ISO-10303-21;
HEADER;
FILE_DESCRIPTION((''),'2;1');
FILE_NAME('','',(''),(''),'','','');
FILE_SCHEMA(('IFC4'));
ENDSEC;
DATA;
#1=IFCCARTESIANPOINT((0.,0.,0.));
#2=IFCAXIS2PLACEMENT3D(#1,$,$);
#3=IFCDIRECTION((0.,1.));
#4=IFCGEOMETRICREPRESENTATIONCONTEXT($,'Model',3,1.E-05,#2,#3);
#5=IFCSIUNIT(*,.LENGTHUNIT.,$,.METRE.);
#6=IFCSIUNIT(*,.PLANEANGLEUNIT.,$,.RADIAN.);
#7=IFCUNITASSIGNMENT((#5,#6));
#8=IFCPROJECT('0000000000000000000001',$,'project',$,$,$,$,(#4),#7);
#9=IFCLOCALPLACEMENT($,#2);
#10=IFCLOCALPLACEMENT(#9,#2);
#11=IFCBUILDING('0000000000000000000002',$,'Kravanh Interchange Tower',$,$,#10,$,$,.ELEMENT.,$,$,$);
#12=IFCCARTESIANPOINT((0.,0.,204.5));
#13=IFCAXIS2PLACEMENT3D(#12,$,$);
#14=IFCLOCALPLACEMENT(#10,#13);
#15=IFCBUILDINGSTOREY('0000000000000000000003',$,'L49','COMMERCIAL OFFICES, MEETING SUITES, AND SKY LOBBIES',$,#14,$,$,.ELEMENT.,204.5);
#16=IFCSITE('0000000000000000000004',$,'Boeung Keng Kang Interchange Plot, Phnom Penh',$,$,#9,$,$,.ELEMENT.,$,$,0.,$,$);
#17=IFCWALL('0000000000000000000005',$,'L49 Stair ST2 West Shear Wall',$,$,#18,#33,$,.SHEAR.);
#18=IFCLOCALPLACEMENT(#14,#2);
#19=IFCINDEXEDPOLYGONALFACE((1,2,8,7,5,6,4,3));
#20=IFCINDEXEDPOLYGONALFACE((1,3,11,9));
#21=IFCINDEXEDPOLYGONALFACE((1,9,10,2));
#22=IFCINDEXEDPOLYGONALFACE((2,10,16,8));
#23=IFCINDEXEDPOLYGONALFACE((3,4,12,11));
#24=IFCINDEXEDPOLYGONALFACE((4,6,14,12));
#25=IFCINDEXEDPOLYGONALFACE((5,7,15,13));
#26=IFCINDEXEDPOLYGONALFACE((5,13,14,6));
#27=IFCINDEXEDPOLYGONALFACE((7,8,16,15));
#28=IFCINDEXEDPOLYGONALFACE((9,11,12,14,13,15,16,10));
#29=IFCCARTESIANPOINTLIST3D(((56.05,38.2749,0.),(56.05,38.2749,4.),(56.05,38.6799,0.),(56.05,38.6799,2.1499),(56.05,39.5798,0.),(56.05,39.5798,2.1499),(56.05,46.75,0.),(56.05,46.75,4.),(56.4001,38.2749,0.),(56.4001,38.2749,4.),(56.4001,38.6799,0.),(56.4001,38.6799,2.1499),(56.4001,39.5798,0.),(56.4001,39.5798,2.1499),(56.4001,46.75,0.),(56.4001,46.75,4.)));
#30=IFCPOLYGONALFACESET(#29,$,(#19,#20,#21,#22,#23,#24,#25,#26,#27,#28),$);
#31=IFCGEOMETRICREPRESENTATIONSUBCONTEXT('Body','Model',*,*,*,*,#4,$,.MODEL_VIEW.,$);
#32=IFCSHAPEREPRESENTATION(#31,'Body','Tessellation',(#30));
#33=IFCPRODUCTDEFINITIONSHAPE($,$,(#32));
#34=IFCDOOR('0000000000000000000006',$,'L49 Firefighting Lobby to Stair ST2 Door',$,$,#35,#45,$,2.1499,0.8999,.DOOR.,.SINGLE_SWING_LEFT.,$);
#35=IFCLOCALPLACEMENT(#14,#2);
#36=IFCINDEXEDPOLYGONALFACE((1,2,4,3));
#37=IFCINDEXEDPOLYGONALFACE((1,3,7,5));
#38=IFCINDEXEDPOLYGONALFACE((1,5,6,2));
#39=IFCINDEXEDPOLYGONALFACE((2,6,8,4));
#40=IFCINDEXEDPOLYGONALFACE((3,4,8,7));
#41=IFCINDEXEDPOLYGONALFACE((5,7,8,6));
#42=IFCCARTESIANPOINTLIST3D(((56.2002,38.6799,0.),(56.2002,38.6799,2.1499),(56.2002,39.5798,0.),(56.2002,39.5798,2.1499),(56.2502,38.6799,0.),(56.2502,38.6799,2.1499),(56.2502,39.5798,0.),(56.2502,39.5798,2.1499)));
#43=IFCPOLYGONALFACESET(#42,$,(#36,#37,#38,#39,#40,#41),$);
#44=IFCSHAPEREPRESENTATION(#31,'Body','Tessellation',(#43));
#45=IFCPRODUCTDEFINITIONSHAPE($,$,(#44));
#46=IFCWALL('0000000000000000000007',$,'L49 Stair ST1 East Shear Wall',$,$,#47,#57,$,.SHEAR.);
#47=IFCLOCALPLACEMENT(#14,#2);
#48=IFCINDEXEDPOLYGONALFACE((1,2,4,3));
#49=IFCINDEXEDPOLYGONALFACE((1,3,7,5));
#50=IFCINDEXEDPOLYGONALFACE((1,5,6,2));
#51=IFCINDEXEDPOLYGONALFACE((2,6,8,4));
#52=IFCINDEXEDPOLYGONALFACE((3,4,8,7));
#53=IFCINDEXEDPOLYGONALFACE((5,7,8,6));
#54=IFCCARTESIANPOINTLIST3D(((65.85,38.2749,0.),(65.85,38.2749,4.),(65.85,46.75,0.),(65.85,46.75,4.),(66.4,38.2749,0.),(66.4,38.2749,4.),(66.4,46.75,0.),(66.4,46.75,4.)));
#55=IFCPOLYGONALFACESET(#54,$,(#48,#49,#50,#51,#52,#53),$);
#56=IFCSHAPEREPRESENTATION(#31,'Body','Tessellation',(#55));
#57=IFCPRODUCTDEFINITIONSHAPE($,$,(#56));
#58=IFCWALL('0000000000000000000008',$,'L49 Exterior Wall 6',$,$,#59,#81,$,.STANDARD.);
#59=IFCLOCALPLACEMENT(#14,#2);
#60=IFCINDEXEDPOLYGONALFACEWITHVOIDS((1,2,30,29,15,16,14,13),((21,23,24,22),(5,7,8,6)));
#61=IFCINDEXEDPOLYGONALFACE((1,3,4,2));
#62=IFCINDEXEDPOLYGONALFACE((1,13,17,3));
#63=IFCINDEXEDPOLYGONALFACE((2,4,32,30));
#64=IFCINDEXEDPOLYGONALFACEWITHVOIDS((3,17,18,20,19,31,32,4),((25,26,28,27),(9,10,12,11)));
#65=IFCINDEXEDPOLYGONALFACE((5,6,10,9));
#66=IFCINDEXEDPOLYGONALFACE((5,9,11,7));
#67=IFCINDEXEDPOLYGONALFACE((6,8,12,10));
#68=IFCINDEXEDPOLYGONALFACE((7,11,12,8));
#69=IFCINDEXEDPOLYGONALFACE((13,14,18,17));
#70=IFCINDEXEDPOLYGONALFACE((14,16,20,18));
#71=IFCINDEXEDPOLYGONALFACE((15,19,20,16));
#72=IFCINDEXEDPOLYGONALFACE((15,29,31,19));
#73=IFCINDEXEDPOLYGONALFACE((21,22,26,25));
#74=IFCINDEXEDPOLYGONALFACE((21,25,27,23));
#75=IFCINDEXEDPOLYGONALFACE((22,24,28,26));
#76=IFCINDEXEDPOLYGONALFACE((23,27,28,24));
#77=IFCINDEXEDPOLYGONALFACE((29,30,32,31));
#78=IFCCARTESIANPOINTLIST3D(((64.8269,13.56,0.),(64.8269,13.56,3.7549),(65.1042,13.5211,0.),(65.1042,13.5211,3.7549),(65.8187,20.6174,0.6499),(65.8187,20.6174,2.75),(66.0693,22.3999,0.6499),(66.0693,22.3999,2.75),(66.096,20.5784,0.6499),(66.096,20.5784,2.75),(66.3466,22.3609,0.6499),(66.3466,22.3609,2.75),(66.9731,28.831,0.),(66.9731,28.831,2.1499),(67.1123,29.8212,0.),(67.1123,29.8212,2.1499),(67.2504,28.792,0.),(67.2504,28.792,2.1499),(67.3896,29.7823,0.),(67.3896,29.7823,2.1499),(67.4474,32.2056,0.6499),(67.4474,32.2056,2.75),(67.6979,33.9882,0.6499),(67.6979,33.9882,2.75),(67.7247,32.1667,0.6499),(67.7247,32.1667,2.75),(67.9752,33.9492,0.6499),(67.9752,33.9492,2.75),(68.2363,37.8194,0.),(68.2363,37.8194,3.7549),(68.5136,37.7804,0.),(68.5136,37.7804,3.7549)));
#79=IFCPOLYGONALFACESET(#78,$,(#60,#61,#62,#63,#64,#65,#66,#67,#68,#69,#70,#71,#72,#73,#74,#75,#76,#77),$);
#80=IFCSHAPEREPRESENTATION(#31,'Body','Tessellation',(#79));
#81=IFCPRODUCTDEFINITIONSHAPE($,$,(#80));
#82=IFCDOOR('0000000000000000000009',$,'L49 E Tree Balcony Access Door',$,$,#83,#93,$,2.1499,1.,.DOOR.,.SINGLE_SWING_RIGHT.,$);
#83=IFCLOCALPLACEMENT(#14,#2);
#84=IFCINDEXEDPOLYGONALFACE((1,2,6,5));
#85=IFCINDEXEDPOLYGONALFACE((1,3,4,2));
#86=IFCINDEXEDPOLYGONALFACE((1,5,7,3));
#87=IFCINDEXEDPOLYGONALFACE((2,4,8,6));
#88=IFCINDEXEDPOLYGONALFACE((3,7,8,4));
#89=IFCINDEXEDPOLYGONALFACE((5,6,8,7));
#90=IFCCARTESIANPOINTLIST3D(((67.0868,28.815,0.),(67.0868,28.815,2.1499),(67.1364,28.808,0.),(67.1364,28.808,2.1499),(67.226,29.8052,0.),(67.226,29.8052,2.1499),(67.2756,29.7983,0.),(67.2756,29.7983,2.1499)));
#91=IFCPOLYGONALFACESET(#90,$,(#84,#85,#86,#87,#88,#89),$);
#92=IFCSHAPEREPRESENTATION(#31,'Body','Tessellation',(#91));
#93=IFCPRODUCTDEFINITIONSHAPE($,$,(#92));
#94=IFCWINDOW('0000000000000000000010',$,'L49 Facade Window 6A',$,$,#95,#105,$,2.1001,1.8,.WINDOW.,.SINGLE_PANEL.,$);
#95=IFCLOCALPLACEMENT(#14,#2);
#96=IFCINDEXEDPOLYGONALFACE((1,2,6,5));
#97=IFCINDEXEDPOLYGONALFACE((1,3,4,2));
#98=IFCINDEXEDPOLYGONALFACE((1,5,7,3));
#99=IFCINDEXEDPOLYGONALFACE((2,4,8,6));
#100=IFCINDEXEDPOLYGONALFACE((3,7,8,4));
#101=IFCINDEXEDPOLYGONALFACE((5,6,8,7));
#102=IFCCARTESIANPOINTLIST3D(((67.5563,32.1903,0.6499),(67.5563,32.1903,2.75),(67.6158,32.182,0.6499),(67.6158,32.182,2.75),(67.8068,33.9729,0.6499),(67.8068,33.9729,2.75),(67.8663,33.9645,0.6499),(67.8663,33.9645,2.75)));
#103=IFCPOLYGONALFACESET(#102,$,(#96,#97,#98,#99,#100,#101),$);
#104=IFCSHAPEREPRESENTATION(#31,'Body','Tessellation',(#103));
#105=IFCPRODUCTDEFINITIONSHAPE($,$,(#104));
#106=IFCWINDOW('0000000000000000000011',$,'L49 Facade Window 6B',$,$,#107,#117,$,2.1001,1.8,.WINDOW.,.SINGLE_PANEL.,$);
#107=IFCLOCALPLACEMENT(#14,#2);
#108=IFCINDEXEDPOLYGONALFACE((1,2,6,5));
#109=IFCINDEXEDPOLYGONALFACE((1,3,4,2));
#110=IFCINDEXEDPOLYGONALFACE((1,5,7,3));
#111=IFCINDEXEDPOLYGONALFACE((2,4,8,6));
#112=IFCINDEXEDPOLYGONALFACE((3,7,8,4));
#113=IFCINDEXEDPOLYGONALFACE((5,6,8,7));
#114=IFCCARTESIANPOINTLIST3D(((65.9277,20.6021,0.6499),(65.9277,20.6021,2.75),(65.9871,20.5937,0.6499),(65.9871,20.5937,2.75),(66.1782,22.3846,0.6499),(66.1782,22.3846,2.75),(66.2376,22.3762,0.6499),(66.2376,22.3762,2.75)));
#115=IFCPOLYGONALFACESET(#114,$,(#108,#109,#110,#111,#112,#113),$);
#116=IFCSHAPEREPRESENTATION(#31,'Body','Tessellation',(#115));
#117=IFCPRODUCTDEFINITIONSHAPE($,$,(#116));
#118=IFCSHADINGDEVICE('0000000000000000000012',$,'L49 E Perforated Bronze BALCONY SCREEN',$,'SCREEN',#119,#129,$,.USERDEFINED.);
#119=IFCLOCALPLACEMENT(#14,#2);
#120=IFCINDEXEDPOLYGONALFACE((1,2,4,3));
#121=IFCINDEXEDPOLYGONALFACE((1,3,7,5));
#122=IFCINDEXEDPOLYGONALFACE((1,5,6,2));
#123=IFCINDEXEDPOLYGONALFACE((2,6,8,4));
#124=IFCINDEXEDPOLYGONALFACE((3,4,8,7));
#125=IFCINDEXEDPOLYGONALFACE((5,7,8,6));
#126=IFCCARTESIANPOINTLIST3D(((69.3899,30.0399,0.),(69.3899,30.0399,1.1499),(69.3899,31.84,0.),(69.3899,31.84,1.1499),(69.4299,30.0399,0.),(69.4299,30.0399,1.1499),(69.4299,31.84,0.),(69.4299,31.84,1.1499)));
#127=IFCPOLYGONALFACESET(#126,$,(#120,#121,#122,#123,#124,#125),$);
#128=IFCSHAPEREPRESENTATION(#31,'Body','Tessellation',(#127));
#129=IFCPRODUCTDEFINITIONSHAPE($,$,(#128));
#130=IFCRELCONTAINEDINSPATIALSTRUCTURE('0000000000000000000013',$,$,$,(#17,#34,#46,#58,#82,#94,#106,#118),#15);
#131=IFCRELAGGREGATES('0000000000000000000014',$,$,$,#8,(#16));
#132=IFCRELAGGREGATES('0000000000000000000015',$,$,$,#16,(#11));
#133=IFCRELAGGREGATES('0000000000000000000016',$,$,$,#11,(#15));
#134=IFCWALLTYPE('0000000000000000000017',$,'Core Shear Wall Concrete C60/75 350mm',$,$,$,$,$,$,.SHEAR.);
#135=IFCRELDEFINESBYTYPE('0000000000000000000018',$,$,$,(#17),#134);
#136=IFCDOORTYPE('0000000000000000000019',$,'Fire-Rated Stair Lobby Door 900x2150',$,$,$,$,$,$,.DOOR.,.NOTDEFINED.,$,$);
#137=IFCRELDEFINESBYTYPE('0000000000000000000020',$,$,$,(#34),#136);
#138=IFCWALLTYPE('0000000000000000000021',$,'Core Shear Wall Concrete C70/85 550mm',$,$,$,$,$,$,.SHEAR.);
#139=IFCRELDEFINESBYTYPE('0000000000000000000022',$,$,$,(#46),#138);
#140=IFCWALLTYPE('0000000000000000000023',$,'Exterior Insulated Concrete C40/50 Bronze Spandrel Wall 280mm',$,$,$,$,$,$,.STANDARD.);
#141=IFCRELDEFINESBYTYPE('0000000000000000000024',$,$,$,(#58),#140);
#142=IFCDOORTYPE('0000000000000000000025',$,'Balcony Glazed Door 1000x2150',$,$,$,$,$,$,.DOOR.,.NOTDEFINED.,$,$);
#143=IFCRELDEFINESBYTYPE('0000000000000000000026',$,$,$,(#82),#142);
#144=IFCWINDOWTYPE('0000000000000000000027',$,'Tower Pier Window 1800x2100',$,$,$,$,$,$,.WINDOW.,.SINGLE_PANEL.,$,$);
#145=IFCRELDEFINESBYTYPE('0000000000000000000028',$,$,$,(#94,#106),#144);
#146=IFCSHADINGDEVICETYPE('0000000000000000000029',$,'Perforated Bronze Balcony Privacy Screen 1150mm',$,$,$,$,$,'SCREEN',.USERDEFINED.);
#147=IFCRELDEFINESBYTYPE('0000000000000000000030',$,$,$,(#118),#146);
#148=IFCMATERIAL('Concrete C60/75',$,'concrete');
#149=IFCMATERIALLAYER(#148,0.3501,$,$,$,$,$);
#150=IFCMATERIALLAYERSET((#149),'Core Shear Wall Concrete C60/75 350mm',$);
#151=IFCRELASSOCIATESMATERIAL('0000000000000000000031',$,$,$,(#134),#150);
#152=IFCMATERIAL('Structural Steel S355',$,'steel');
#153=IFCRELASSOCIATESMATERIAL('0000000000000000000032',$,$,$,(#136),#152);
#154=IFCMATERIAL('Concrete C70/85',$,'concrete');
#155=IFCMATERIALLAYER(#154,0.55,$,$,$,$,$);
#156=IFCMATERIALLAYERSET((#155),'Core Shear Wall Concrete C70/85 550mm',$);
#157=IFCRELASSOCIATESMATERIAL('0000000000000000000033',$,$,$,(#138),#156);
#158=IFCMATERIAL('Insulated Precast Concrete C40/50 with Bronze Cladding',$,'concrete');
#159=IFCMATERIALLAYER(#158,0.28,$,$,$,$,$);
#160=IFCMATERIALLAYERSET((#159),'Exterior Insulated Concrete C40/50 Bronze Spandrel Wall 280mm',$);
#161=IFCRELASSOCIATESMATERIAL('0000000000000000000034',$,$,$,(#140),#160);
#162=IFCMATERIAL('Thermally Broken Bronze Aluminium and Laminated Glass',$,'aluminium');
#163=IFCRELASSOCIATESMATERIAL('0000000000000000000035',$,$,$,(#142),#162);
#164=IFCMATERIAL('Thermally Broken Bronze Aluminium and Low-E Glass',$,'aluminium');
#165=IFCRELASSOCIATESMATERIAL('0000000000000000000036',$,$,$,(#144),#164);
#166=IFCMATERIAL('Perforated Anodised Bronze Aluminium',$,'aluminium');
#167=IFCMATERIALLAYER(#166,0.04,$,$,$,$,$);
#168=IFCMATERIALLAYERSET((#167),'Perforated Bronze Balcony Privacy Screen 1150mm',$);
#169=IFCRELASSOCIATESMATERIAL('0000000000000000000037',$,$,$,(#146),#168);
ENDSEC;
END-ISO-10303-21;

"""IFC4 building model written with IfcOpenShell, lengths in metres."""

from ifc_helpers import new_model, si_unit, direction, frame, frame_2d, origin, origin_2d, place, context, subcontext, project, spatial, rectangle, extrude, material, layer, layer_set, type_object, element, fill, save


model = new_model("IFC4")

# Units and contexts
model_context = context("Model", 3, precision=1e-05, world=origin(), true_north=direction((0.0, 1.0)))
body_context = subcontext(model_context, "Body", "Model", "MODEL_VIEW")
ifc_project = project(units=[si_unit("LENGTHUNIT", "METRE"), si_unit("PLANEANGLEUNIT", "RADIAN")], contexts=[model_context])

# Site, building, storey
site_placement = place(None, origin())
site = spatial("IfcSite", under=ifc_project, at=site_placement, Name="Boeung Keng Kang Interchange Plot, Phnom Penh", CompositionType="ELEMENT", RefElevation=0.0)
building_placement = place(site_placement, origin())
building = spatial("IfcBuilding", under=site, at=building_placement, Name="Kravanh Interchange Tower", CompositionType="ELEMENT")
storey_placement = place(building_placement, frame((0.0, 0.0, 204.5)))
storey = spatial("IfcBuildingStorey", under=building, at=storey_placement, Name="L49", Description="COMMERCIAL OFFICES, MEETING SUITES, AND SKY LOBBIES", CompositionType="ELEMENT", Elevation=204.5)

# Shared definitions
ifc_material_1 = material(Name="Concrete C60/75", Category="concrete")
ifc_layer_1 = layer(ifc_material_1, 0.3501)
ifc_layer_set_1 = layer_set([ifc_layer_1], Name="Core Shear Wall Concrete C60/75 350mm")
wall_type_1 = type_object("IfcWallType", Name="Core Shear Wall Concrete C60/75 350mm", PredefinedType="SHEAR", material=ifc_layer_set_1)

# Wall, opening, door
wall_1_placement = place(storey_placement, frame((56.2251, 38.2749, 0.0), z_axis=(0.0, 0.0, 1.0), x_axis=(0.0, 1.0, 0.0)))
wall_1 = element("IfcWall", 1, at=wall_1_placement, inside=storey, type_object=wall_type_1, Name="L49 Stair ST2 West Shear Wall", PredefinedType="SHEAR", context=body_context, shape_type="SweptSolid", body=[
    extrude(rectangle(XDim=8.4751, YDim=0.3501, at=frame_2d((4.2375, 0.0))), origin(), (0.0, 0.0, 1.0), 4.0),
])
opening_1_placement = place(wall_1_placement, frame((0.405, 0.0, 0.0)))
opening_1 = element("IfcOpeningElement", 2, at=opening_1_placement, cuts=wall_1, PredefinedType="OPENING", context=body_context, shape_type="SweptSolid", body=[
    extrude(rectangle(XDim=0.8999, YDim=2.1499, at=frame_2d((0.45, 1.075))), frame((0.0, 0.1851, 0.0), z_axis=(0.0, -1.0, 0.0), x_axis=(1.0, 0.0, 0.0)), (0.0, 0.0, 1.0), 0.3701),
])
ifc_material_2 = material(Name="Structural Steel S355", Category="steel")
door_type_1 = type_object("IfcDoorType", Name="Fire-Rated Stair Lobby Door 900x2150", OperationType="NOTDEFINED", PredefinedType="DOOR", material=ifc_material_2)
door_1_placement = place(opening_1_placement, origin())
door_1 = element("IfcDoor", 3, at=door_1_placement, inside=storey, type_object=door_type_1, Name="L49 Firefighting Lobby to Stair ST2 Door", OperationType="SINGLE_SWING_LEFT", OverallHeight=2.1499, OverallWidth=0.8999, PredefinedType="DOOR", context=body_context, shape_type="SweptSolid", body=[
    extrude(rectangle(XDim=0.8999, YDim=2.1499, at=frame_2d((0.45, 1.075))), frame((0.0, 0.0249, 0.0), z_axis=(0.0, -1.0, 0.0), x_axis=(1.0, 0.0, 0.0)), (0.0, 0.0, 1.0), 0.05),
])
fill(opening_1, door_1)

# Wall
ifc_material_3 = material(Name="Concrete C70/85", Category="concrete")
ifc_layer_2 = layer(ifc_material_3, 0.55)
ifc_layer_set_2 = layer_set([ifc_layer_2], Name="Core Shear Wall Concrete C70/85 550mm")
wall_type_2 = type_object("IfcWallType", Name="Core Shear Wall Concrete C70/85 550mm", PredefinedType="SHEAR", material=ifc_layer_set_2)
wall_2_placement = place(storey_placement, frame((66.125, 38.2749, 0.0), z_axis=(0.0, 0.0, 1.0), x_axis=(0.0, 1.0, 0.0)))
element("IfcWall", 4, at=wall_2_placement, inside=storey, type_object=wall_type_2, Name="L49 Stair ST1 East Shear Wall", PredefinedType="SHEAR", context=body_context, shape_type="SweptSolid", body=[
    extrude(rectangle(XDim=8.4751, YDim=0.55, at=frame_2d((4.2375, 0.0))), origin(), (0.0, 0.0, 1.0), 4.0),
])

# Wall, openings, door, windows
ifc_material_4 = material(Name="Insulated Precast Concrete C40/50 with Bronze Cladding", Category="concrete")
ifc_layer_3 = layer(ifc_material_4, 0.28)
ifc_layer_set_3 = layer_set([ifc_layer_3], Name="Exterior Insulated Concrete C40/50 Bronze Spandrel Wall 280mm")
wall_type_3 = type_object("IfcWallType", Name="Exterior Insulated Concrete C40/50 Bronze Spandrel Wall 280mm", PredefinedType="STANDARD", material=ifc_layer_set_3)
wall_3_placement = place(storey_placement, frame((68.375, 37.8, 0.0), z_axis=(0.0, 0.0, 1.0), x_axis=(-0.139173, -0.990268, 0.0)))
wall_3 = element("IfcWall", 5, at=wall_3_placement, inside=storey, type_object=wall_type_3, Name="L49 Exterior Wall 6", PredefinedType="STANDARD", context=body_context, shape_type="SweptSolid", body=[
    extrude(rectangle(XDim=24.4978, YDim=0.28, at=frame_2d((12.249, 0.0))), origin(), (0.0, 0.0, 1.0), 3.7549),
])
opening_2_placement = place(wall_3_placement, frame((8.0769, 0.0, 0.0)))
opening_2 = element("IfcOpeningElement", 6, at=opening_2_placement, cuts=wall_3, PredefinedType="OPENING", context=body_context, shape_type="SweptSolid", body=[
    extrude(rectangle(XDim=1.0, YDim=2.1499, at=frame_2d((0.5, 1.075))), frame((0.0, 0.1499, 0.0), z_axis=(0.0, -1.0, 0.0), x_axis=(1.0, 0.0, 0.0)), (0.0, 0.0, 1.0), 0.3),
])
opening_3_placement = place(wall_3_placement, frame((3.8691, 0.0, 0.6499)))
opening_3 = element("IfcOpeningElement", 7, at=opening_3_placement, cuts=wall_3, PredefinedType="OPENING", context=body_context, shape_type="SweptSolid", body=[
    extrude(rectangle(XDim=1.8, YDim=2.1001, at=frame_2d((0.8999, 1.05))), frame((0.0, 0.1499, 0.0), z_axis=(0.0, -1.0, 0.0), x_axis=(1.0, 0.0, 0.0)), (0.0, 0.0, 1.0), 0.3),
])
opening_4_placement = place(wall_3_placement, frame((15.5713, 0.0, 0.6499)))
opening_4 = element("IfcOpeningElement", 8, at=opening_4_placement, cuts=wall_3, PredefinedType="OPENING", context=body_context, shape_type="SweptSolid", body=[
    extrude(rectangle(XDim=1.8, YDim=2.1001, at=frame_2d((0.8999, 1.05))), frame((0.0, 0.1499, 0.0), z_axis=(0.0, -1.0, 0.0), x_axis=(1.0, 0.0, 0.0)), (0.0, 0.0, 1.0), 0.3),
])
ifc_material_5 = material(Name="Thermally Broken Bronze Aluminium and Laminated Glass", Category="aluminium")
door_type_2 = type_object("IfcDoorType", Name="Balcony Glazed Door 1000x2150", OperationType="NOTDEFINED", PredefinedType="DOOR", material=ifc_material_5)
door_2_placement = place(opening_2_placement, origin())
door_2 = element("IfcDoor", 9, at=door_2_placement, inside=storey, type_object=door_type_2, Name="L49 E Tree Balcony Access Door", OperationType="SINGLE_SWING_RIGHT", OverallHeight=2.1499, OverallWidth=1.0, PredefinedType="DOOR", context=body_context, shape_type="SweptSolid", body=[
    extrude(rectangle(XDim=1.0, YDim=2.1499, at=frame_2d((0.5, 1.075))), frame((0.0, 0.0249, 0.0), z_axis=(0.0, -1.0, 0.0), x_axis=(1.0, 0.0, 0.0)), (0.0, 0.0, 1.0), 0.05),
])
fill(opening_2, door_2)
ifc_material_6 = material(Name="Thermally Broken Bronze Aluminium and Low-E Glass", Category="aluminium")
window_type = type_object("IfcWindowType", Name="Tower Pier Window 1800x2100", PartitioningType="SINGLE_PANEL", PredefinedType="WINDOW", material=ifc_material_6)
window_1_placement = place(opening_3_placement, origin())
window_1 = element("IfcWindow", 10, at=window_1_placement, inside=storey, type_object=window_type, Name="L49 Facade Window 6A", OverallHeight=2.1001, OverallWidth=1.8, PartitioningType="SINGLE_PANEL", PredefinedType="WINDOW", context=body_context, shape_type="SweptSolid", body=[
    extrude(rectangle(XDim=1.8, YDim=2.1001, at=frame_2d((0.8999, 1.05))), frame((0.0, 0.03, 0.0), z_axis=(0.0, -1.0, 0.0), x_axis=(1.0, 0.0, 0.0)), (0.0, 0.0, 1.0), 0.0601),
])
fill(opening_3, window_1)
window_2_placement = place(opening_4_placement, origin())
window_2 = element("IfcWindow", 11, at=window_2_placement, inside=storey, type_object=window_type, Name="L49 Facade Window 6B", OverallHeight=2.1001, OverallWidth=1.8, PartitioningType="SINGLE_PANEL", PredefinedType="WINDOW", context=body_context, shape_type="SweptSolid", body=[
    extrude(rectangle(XDim=1.8, YDim=2.1001, at=frame_2d((0.8999, 1.05))), frame((0.0, 0.03, 0.0), z_axis=(0.0, -1.0, 0.0), x_axis=(1.0, 0.0, 0.0)), (0.0, 0.0, 1.0), 0.0601),
])
fill(opening_4, window_2)

# Shading device
ifc_material_7 = material(Name="Perforated Anodised Bronze Aluminium", Category="aluminium")
ifc_layer_4 = layer(ifc_material_7, 0.04)
ifc_layer_set_4 = layer_set([ifc_layer_4], Name="Perforated Bronze Balcony Privacy Screen 1150mm")
shading_device_type = type_object("IfcShadingDeviceType", Name="Perforated Bronze Balcony Privacy Screen 1150mm", ElementType="SCREEN", PredefinedType="USERDEFINED", material=ifc_layer_set_4)
shading_device_placement = place(storey_placement, frame((69.4099, 30.9399, 0.0), z_axis=(0.0, 0.0, 1.0), x_axis=(1.0, 0.0, 0.0)))
element("IfcShadingDevice", 12, at=shading_device_placement, inside=storey, type_object=shading_device_type, Name="L49 E Perforated Bronze BALCONY SCREEN", ObjectType="SCREEN", PredefinedType="USERDEFINED", context=body_context, shape_type="SweptSolid", body=[
    extrude(rectangle(XDim=0.04, YDim=1.8, at=origin_2d()), origin(), (0.0, 0.0, 1.0), 1.1499),
])

save(model, "model.ifc")
